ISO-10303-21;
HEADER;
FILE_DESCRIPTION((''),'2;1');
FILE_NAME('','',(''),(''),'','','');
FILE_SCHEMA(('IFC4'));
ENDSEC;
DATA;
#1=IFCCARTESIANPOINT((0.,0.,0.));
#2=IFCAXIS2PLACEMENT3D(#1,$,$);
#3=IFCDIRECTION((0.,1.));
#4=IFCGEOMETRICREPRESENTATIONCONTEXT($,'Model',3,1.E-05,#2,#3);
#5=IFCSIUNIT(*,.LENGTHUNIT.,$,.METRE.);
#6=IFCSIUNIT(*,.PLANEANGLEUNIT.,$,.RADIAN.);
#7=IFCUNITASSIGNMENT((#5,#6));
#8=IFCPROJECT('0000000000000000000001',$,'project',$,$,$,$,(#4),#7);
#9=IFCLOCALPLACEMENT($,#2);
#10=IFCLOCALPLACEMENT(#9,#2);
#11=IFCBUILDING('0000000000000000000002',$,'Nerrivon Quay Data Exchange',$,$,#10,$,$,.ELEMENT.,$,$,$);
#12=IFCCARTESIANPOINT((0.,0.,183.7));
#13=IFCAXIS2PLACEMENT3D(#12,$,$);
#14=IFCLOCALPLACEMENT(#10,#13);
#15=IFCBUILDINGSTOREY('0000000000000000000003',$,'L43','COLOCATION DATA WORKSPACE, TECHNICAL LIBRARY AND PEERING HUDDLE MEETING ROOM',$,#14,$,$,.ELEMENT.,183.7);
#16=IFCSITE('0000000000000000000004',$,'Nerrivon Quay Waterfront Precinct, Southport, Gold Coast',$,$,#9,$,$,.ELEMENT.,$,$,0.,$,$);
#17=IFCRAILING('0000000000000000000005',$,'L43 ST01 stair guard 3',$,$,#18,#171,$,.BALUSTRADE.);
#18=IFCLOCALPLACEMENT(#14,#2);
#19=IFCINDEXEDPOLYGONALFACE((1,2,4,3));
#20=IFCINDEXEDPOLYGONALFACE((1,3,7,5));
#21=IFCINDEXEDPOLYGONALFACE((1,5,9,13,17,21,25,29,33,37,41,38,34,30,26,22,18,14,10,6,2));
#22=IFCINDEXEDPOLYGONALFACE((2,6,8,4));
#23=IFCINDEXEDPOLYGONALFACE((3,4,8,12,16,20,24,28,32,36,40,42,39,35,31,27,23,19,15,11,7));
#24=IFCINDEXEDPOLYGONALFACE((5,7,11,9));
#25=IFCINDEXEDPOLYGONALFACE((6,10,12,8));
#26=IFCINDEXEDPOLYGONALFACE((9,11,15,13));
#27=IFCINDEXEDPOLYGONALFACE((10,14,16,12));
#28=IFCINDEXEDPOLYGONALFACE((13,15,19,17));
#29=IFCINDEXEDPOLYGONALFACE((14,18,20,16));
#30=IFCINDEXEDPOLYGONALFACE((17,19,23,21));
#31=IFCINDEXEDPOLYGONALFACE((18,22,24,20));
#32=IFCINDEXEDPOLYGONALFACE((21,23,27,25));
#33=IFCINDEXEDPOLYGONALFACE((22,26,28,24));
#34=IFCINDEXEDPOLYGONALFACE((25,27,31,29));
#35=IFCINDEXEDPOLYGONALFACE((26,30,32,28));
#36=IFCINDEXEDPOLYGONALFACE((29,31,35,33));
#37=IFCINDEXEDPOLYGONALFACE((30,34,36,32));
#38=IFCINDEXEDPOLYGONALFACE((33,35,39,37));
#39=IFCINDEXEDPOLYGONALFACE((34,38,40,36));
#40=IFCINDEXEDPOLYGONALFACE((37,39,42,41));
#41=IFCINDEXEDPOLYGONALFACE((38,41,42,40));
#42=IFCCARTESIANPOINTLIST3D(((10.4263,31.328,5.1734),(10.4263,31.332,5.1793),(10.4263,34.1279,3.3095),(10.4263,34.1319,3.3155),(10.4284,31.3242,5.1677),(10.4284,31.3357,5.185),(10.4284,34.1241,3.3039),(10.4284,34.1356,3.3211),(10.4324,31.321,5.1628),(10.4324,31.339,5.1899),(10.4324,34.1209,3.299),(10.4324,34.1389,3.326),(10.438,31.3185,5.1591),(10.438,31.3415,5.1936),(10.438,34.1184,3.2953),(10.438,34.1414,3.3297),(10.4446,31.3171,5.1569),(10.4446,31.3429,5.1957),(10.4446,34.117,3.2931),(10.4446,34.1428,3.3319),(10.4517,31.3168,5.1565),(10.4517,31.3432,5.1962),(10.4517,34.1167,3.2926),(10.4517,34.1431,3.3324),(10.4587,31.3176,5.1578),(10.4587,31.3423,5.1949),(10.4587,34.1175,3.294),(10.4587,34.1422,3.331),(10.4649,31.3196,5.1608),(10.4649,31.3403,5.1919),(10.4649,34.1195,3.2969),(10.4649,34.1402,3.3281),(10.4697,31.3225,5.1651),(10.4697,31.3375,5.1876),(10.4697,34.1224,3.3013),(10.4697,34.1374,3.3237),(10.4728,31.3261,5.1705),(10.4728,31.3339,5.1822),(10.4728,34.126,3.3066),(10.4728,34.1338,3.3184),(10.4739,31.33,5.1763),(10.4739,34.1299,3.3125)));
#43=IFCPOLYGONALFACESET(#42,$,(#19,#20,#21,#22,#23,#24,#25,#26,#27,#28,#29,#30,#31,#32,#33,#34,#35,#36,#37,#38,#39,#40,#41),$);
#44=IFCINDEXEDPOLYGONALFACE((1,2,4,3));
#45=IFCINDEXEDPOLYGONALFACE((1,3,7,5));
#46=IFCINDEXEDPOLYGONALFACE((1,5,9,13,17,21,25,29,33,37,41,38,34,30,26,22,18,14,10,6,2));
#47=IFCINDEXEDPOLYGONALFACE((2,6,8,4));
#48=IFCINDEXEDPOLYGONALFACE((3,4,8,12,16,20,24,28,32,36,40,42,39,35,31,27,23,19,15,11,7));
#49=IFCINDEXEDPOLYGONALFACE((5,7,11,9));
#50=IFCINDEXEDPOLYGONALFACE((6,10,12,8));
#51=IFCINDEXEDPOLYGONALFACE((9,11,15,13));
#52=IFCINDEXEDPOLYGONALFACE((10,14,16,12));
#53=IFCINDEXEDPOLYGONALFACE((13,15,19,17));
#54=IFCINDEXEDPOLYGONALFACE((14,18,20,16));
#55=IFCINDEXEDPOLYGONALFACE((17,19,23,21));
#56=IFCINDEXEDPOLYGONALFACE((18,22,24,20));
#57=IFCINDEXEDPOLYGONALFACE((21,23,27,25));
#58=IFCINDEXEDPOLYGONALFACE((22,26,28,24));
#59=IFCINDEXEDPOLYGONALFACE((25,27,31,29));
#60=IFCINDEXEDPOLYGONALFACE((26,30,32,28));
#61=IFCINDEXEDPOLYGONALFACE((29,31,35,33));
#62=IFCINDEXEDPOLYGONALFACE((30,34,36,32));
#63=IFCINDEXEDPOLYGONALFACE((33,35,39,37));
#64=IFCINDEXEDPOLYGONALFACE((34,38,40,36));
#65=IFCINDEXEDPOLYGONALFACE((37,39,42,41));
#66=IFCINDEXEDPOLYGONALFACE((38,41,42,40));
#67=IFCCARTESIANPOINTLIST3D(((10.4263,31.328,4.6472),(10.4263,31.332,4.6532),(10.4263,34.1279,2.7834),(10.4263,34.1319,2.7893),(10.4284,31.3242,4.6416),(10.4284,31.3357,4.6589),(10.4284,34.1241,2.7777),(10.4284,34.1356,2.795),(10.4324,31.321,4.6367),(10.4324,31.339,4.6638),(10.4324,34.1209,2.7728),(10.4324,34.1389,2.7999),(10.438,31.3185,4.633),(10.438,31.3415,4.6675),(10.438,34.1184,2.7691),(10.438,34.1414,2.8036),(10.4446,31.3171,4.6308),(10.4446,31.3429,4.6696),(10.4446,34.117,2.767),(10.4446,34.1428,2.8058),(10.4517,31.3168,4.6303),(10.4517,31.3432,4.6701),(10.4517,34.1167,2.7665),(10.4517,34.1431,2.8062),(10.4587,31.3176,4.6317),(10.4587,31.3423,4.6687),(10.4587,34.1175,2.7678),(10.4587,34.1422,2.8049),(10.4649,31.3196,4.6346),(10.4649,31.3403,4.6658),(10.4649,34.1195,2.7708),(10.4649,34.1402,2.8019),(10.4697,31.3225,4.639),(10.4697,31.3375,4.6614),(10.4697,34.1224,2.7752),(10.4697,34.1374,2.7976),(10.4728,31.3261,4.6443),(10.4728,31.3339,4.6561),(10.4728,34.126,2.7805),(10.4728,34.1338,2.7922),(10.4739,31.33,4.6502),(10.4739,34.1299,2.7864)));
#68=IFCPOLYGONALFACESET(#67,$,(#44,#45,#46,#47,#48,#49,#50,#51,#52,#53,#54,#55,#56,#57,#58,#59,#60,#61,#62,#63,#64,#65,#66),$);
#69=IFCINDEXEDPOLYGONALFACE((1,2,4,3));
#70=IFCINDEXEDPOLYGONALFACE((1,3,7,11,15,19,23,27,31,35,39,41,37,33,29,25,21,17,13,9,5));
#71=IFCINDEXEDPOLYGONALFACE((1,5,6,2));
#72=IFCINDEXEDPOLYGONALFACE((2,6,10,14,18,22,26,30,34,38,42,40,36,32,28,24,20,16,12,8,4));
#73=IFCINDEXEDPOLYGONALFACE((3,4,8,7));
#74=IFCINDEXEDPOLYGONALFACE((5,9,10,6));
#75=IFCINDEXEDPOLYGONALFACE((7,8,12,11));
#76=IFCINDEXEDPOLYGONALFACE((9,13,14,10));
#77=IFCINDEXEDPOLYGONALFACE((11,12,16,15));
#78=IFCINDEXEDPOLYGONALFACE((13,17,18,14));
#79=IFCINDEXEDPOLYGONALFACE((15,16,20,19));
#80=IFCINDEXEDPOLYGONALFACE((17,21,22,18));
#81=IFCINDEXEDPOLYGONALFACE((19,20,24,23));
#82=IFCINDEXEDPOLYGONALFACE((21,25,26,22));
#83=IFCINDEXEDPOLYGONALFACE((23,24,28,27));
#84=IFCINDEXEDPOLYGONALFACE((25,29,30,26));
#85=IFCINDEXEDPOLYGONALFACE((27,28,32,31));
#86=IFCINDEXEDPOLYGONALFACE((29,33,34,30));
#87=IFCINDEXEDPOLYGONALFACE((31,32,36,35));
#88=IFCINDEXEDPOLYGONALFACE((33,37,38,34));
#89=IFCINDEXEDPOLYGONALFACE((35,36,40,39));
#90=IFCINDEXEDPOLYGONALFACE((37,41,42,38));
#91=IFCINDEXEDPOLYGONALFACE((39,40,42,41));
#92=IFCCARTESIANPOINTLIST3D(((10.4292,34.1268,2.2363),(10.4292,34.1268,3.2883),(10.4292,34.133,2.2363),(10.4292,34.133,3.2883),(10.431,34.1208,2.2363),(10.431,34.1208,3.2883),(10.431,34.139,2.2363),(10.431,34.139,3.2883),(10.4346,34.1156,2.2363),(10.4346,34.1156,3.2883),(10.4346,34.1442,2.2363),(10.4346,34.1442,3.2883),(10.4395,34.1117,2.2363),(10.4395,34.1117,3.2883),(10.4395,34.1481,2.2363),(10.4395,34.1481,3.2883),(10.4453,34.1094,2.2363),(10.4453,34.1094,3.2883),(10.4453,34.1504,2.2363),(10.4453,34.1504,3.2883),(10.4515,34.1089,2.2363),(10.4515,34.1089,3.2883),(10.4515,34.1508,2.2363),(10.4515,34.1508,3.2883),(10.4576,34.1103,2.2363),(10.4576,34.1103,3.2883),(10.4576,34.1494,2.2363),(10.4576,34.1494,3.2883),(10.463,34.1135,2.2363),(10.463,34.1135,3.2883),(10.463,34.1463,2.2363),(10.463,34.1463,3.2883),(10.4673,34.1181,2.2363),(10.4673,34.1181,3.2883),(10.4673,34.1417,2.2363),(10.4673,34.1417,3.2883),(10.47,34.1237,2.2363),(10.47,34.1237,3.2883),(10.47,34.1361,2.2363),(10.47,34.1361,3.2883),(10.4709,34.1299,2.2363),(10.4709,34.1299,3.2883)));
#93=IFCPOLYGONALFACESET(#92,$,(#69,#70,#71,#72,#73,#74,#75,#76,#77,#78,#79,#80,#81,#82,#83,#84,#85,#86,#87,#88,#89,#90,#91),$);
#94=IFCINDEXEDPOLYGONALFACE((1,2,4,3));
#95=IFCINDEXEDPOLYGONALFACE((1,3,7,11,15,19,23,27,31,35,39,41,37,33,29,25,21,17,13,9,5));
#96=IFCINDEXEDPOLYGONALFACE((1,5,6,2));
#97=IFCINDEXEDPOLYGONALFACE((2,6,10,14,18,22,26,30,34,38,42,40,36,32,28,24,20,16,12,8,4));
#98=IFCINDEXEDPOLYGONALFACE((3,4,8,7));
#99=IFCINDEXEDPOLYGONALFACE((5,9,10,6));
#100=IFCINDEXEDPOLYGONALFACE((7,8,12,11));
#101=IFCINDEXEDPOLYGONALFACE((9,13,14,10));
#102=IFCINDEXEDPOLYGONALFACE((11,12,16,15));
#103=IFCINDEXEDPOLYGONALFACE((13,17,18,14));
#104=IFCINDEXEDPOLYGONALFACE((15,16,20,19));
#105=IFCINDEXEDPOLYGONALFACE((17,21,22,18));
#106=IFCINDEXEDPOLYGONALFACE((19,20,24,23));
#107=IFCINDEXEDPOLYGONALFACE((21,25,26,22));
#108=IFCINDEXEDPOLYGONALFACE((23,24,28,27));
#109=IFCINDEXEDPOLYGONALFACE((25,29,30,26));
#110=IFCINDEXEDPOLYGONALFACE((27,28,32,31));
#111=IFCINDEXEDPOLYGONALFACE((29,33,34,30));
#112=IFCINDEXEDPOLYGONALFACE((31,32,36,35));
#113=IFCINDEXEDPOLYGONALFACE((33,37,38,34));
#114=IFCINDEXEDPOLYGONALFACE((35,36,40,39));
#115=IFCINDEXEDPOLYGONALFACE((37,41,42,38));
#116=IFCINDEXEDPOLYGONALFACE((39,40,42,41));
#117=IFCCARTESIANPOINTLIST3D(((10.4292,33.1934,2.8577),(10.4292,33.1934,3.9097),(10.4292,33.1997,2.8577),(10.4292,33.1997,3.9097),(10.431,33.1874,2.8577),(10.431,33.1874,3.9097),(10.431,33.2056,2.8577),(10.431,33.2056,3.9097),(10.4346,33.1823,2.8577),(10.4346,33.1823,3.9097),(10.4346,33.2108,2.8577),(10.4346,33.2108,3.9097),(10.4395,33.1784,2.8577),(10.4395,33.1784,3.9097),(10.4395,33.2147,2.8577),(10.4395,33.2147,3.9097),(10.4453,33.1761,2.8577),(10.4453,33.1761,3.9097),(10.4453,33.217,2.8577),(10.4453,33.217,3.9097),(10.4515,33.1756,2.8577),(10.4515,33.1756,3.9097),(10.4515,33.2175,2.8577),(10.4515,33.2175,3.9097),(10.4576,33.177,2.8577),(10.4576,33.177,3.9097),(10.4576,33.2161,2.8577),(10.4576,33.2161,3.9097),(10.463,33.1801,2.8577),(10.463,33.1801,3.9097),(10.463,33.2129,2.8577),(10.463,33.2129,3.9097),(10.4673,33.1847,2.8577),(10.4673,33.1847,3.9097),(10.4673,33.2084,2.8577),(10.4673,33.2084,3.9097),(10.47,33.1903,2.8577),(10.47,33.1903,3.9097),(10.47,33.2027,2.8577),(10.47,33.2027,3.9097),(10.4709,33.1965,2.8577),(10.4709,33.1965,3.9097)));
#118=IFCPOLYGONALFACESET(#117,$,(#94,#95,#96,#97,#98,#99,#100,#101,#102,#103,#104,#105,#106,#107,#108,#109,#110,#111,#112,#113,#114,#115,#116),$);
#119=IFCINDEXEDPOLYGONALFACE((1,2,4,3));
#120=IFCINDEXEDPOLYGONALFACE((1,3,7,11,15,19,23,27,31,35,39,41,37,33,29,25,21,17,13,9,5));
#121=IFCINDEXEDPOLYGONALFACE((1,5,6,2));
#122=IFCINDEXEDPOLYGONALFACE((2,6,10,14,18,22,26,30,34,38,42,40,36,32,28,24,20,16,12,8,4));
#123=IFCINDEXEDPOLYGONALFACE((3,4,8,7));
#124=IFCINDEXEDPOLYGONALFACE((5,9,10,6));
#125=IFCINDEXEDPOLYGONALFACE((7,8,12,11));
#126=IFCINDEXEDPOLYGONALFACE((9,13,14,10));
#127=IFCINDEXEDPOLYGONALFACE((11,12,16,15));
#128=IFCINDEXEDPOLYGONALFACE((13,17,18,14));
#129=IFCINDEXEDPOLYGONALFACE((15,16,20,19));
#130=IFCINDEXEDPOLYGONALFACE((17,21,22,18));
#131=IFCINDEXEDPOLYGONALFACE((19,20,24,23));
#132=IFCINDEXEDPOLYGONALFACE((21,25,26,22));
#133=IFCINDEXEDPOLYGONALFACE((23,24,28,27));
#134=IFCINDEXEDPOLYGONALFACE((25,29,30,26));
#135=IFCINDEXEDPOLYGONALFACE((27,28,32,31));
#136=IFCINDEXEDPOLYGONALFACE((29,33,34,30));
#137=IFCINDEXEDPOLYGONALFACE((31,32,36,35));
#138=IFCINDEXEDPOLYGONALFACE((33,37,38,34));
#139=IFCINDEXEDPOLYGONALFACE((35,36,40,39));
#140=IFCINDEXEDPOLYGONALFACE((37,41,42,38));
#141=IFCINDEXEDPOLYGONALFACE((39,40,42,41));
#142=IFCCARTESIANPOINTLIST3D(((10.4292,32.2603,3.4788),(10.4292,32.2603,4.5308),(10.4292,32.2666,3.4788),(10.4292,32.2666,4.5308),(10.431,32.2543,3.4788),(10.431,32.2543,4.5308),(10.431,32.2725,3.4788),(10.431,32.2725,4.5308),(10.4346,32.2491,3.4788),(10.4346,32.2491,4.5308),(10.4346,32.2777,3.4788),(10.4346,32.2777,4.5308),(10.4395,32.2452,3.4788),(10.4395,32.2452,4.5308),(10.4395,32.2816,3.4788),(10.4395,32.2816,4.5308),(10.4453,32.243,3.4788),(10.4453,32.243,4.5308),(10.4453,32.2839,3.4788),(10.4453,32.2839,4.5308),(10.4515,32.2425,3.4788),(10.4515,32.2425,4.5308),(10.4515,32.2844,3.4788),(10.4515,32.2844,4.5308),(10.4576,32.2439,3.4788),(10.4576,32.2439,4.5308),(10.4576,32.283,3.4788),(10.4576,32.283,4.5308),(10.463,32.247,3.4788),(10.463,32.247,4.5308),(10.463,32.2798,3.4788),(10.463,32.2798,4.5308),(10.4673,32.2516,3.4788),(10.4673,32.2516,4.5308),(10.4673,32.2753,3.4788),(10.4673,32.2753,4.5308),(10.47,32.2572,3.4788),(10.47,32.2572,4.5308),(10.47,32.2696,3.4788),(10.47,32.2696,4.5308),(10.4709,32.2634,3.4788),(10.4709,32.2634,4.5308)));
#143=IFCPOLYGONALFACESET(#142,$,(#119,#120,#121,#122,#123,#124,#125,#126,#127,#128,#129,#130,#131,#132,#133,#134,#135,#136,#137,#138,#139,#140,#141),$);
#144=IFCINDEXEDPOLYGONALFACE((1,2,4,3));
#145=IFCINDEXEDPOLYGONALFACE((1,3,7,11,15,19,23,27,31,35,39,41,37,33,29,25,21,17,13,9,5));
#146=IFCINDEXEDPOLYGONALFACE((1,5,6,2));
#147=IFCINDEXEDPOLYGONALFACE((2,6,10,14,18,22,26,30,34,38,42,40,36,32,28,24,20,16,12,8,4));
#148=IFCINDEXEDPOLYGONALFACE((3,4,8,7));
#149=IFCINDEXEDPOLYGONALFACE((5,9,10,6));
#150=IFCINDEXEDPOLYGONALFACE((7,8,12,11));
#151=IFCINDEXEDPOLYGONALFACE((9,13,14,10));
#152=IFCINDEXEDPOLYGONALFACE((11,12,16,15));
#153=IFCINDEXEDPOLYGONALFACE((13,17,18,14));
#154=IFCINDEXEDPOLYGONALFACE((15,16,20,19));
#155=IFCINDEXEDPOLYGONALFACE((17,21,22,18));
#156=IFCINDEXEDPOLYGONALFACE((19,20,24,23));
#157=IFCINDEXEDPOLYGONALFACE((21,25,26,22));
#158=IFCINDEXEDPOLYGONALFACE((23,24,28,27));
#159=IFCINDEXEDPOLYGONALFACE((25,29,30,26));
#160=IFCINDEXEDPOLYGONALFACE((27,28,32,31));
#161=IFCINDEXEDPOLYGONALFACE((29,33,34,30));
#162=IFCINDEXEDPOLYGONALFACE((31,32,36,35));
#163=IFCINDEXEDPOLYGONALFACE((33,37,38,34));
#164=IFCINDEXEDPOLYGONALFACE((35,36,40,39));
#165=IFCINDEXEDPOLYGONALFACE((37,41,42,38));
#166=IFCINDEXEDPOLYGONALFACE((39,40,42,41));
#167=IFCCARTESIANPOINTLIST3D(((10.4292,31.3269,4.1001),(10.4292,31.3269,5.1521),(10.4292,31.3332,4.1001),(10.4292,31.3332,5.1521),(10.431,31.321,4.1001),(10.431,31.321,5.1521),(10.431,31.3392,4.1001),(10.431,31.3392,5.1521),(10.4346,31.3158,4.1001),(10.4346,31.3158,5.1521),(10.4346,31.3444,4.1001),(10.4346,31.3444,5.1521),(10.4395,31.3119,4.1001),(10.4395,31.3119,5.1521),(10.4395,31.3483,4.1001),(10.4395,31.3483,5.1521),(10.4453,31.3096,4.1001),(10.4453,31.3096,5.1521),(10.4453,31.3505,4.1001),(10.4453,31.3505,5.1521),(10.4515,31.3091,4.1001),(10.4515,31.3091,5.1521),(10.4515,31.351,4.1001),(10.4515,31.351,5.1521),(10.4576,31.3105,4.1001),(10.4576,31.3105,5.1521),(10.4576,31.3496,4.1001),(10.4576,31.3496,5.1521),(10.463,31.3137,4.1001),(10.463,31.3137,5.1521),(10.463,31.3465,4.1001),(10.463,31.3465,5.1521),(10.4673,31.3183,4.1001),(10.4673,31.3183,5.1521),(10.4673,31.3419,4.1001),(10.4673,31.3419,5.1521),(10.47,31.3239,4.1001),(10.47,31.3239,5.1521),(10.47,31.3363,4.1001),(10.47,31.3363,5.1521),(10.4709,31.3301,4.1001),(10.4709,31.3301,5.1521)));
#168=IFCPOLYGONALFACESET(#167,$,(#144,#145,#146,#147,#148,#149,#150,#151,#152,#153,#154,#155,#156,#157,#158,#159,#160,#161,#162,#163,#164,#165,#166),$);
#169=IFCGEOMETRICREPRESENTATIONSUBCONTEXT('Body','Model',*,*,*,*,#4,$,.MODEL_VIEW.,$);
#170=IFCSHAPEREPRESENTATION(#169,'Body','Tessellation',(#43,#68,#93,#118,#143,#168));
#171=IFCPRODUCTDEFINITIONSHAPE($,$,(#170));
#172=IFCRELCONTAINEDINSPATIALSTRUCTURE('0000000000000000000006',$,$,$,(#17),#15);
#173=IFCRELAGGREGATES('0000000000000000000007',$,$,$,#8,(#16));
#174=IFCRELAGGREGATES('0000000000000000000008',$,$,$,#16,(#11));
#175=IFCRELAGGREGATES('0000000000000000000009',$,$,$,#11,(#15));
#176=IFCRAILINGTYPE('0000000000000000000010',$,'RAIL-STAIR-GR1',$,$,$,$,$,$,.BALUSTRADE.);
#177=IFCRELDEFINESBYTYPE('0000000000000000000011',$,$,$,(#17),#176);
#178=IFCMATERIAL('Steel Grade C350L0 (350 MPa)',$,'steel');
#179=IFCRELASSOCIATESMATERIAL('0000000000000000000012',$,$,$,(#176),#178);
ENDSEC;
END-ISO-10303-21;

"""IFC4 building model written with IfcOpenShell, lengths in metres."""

from ifc_helpers import new_model, si_unit, direction, frame, origin, origin_2d, place, context, subcontext, project, spatial, circle, extrude, material, type_object, element, save


model = new_model("IFC4")

# Units and contexts
model_context = context("Model", 3, precision=1e-05, world=origin(), true_north=direction((0.0, 1.0)))
body_context = subcontext(model_context, "Body", "Model", "MODEL_VIEW")
ifc_project = project(units=[si_unit("LENGTHUNIT", "METRE"), si_unit("PLANEANGLEUNIT", "RADIAN")], contexts=[model_context])

# Site, building, storey
site_placement = place(None, origin())
site = spatial("IfcSite", under=ifc_project, at=site_placement, Name="Nerrivon Quay Waterfront Precinct, Southport, Gold Coast", CompositionType="ELEMENT", RefElevation=0.0)
building_placement = place(site_placement, origin())
building = spatial("IfcBuilding", under=site, at=building_placement, Name="Nerrivon Quay Data Exchange", CompositionType="ELEMENT")
storey_placement = place(building_placement, frame((0.0, 0.0, 183.7)))
storey = spatial("IfcBuildingStorey", under=building, at=storey_placement, Name="L43", Description="COLOCATION DATA WORKSPACE, TECHNICAL LIBRARY AND PEERING HUDDLE MEETING ROOM", CompositionType="ELEMENT", Elevation=183.7)

# Shared definitions
ifc_material_1 = material(Name="Steel Grade C350L0 (350 MPa)", Category="steel")

# Railing
railing_type = type_object("IfcRailingType", Name="RAIL-STAIR-GR1", PredefinedType="BALUSTRADE", material=ifc_material_1)
railing_1_placement = place(storey_placement, frame((10.45, 34.1299, 2.2363)))
element("IfcRailing", 1, at=railing_1_placement, inside=storey, type_object=railing_type, Name="L43 ST01 stair guard 3", PredefinedType="BALUSTRADE", context=body_context, shape_type="SweptSolid", body=[
    extrude(circle(Radius=0.0239, at=origin_2d()), frame((0.0, 0.0, 1.0762), z_axis=(0.0, -0.83243, 0.554131), x_axis=(1.0, 0.0, 0.0)), (0.0, 0.0, 1.0), 3.3635),
    extrude(circle(Radius=0.0239, at=origin_2d()), frame((0.0, 0.0, 0.55), z_axis=(0.0, -0.83243, 0.554131), x_axis=(1.0, 0.0, 0.0)), (0.0, 0.0, 1.0), 3.3635),
    extrude(circle(Radius=0.021, at=origin_2d()), origin(), (0.0, 0.0, 1.0), 1.052),
    extrude(circle(Radius=0.021, at=origin_2d()), frame((0.0, -0.9333, 0.6213)), (0.0, 0.0, 1.0), 1.052),
    extrude(circle(Radius=0.021, at=origin_2d()), frame((0.0, -1.8665, 1.2424)), (0.0, 0.0, 1.0), 1.052),
    extrude(circle(Radius=0.021, at=origin_2d()), frame((0.0, -2.7998, 1.8638)), (0.0, 0.0, 1.0), 1.052),
])

save(model, "model.ifc")
